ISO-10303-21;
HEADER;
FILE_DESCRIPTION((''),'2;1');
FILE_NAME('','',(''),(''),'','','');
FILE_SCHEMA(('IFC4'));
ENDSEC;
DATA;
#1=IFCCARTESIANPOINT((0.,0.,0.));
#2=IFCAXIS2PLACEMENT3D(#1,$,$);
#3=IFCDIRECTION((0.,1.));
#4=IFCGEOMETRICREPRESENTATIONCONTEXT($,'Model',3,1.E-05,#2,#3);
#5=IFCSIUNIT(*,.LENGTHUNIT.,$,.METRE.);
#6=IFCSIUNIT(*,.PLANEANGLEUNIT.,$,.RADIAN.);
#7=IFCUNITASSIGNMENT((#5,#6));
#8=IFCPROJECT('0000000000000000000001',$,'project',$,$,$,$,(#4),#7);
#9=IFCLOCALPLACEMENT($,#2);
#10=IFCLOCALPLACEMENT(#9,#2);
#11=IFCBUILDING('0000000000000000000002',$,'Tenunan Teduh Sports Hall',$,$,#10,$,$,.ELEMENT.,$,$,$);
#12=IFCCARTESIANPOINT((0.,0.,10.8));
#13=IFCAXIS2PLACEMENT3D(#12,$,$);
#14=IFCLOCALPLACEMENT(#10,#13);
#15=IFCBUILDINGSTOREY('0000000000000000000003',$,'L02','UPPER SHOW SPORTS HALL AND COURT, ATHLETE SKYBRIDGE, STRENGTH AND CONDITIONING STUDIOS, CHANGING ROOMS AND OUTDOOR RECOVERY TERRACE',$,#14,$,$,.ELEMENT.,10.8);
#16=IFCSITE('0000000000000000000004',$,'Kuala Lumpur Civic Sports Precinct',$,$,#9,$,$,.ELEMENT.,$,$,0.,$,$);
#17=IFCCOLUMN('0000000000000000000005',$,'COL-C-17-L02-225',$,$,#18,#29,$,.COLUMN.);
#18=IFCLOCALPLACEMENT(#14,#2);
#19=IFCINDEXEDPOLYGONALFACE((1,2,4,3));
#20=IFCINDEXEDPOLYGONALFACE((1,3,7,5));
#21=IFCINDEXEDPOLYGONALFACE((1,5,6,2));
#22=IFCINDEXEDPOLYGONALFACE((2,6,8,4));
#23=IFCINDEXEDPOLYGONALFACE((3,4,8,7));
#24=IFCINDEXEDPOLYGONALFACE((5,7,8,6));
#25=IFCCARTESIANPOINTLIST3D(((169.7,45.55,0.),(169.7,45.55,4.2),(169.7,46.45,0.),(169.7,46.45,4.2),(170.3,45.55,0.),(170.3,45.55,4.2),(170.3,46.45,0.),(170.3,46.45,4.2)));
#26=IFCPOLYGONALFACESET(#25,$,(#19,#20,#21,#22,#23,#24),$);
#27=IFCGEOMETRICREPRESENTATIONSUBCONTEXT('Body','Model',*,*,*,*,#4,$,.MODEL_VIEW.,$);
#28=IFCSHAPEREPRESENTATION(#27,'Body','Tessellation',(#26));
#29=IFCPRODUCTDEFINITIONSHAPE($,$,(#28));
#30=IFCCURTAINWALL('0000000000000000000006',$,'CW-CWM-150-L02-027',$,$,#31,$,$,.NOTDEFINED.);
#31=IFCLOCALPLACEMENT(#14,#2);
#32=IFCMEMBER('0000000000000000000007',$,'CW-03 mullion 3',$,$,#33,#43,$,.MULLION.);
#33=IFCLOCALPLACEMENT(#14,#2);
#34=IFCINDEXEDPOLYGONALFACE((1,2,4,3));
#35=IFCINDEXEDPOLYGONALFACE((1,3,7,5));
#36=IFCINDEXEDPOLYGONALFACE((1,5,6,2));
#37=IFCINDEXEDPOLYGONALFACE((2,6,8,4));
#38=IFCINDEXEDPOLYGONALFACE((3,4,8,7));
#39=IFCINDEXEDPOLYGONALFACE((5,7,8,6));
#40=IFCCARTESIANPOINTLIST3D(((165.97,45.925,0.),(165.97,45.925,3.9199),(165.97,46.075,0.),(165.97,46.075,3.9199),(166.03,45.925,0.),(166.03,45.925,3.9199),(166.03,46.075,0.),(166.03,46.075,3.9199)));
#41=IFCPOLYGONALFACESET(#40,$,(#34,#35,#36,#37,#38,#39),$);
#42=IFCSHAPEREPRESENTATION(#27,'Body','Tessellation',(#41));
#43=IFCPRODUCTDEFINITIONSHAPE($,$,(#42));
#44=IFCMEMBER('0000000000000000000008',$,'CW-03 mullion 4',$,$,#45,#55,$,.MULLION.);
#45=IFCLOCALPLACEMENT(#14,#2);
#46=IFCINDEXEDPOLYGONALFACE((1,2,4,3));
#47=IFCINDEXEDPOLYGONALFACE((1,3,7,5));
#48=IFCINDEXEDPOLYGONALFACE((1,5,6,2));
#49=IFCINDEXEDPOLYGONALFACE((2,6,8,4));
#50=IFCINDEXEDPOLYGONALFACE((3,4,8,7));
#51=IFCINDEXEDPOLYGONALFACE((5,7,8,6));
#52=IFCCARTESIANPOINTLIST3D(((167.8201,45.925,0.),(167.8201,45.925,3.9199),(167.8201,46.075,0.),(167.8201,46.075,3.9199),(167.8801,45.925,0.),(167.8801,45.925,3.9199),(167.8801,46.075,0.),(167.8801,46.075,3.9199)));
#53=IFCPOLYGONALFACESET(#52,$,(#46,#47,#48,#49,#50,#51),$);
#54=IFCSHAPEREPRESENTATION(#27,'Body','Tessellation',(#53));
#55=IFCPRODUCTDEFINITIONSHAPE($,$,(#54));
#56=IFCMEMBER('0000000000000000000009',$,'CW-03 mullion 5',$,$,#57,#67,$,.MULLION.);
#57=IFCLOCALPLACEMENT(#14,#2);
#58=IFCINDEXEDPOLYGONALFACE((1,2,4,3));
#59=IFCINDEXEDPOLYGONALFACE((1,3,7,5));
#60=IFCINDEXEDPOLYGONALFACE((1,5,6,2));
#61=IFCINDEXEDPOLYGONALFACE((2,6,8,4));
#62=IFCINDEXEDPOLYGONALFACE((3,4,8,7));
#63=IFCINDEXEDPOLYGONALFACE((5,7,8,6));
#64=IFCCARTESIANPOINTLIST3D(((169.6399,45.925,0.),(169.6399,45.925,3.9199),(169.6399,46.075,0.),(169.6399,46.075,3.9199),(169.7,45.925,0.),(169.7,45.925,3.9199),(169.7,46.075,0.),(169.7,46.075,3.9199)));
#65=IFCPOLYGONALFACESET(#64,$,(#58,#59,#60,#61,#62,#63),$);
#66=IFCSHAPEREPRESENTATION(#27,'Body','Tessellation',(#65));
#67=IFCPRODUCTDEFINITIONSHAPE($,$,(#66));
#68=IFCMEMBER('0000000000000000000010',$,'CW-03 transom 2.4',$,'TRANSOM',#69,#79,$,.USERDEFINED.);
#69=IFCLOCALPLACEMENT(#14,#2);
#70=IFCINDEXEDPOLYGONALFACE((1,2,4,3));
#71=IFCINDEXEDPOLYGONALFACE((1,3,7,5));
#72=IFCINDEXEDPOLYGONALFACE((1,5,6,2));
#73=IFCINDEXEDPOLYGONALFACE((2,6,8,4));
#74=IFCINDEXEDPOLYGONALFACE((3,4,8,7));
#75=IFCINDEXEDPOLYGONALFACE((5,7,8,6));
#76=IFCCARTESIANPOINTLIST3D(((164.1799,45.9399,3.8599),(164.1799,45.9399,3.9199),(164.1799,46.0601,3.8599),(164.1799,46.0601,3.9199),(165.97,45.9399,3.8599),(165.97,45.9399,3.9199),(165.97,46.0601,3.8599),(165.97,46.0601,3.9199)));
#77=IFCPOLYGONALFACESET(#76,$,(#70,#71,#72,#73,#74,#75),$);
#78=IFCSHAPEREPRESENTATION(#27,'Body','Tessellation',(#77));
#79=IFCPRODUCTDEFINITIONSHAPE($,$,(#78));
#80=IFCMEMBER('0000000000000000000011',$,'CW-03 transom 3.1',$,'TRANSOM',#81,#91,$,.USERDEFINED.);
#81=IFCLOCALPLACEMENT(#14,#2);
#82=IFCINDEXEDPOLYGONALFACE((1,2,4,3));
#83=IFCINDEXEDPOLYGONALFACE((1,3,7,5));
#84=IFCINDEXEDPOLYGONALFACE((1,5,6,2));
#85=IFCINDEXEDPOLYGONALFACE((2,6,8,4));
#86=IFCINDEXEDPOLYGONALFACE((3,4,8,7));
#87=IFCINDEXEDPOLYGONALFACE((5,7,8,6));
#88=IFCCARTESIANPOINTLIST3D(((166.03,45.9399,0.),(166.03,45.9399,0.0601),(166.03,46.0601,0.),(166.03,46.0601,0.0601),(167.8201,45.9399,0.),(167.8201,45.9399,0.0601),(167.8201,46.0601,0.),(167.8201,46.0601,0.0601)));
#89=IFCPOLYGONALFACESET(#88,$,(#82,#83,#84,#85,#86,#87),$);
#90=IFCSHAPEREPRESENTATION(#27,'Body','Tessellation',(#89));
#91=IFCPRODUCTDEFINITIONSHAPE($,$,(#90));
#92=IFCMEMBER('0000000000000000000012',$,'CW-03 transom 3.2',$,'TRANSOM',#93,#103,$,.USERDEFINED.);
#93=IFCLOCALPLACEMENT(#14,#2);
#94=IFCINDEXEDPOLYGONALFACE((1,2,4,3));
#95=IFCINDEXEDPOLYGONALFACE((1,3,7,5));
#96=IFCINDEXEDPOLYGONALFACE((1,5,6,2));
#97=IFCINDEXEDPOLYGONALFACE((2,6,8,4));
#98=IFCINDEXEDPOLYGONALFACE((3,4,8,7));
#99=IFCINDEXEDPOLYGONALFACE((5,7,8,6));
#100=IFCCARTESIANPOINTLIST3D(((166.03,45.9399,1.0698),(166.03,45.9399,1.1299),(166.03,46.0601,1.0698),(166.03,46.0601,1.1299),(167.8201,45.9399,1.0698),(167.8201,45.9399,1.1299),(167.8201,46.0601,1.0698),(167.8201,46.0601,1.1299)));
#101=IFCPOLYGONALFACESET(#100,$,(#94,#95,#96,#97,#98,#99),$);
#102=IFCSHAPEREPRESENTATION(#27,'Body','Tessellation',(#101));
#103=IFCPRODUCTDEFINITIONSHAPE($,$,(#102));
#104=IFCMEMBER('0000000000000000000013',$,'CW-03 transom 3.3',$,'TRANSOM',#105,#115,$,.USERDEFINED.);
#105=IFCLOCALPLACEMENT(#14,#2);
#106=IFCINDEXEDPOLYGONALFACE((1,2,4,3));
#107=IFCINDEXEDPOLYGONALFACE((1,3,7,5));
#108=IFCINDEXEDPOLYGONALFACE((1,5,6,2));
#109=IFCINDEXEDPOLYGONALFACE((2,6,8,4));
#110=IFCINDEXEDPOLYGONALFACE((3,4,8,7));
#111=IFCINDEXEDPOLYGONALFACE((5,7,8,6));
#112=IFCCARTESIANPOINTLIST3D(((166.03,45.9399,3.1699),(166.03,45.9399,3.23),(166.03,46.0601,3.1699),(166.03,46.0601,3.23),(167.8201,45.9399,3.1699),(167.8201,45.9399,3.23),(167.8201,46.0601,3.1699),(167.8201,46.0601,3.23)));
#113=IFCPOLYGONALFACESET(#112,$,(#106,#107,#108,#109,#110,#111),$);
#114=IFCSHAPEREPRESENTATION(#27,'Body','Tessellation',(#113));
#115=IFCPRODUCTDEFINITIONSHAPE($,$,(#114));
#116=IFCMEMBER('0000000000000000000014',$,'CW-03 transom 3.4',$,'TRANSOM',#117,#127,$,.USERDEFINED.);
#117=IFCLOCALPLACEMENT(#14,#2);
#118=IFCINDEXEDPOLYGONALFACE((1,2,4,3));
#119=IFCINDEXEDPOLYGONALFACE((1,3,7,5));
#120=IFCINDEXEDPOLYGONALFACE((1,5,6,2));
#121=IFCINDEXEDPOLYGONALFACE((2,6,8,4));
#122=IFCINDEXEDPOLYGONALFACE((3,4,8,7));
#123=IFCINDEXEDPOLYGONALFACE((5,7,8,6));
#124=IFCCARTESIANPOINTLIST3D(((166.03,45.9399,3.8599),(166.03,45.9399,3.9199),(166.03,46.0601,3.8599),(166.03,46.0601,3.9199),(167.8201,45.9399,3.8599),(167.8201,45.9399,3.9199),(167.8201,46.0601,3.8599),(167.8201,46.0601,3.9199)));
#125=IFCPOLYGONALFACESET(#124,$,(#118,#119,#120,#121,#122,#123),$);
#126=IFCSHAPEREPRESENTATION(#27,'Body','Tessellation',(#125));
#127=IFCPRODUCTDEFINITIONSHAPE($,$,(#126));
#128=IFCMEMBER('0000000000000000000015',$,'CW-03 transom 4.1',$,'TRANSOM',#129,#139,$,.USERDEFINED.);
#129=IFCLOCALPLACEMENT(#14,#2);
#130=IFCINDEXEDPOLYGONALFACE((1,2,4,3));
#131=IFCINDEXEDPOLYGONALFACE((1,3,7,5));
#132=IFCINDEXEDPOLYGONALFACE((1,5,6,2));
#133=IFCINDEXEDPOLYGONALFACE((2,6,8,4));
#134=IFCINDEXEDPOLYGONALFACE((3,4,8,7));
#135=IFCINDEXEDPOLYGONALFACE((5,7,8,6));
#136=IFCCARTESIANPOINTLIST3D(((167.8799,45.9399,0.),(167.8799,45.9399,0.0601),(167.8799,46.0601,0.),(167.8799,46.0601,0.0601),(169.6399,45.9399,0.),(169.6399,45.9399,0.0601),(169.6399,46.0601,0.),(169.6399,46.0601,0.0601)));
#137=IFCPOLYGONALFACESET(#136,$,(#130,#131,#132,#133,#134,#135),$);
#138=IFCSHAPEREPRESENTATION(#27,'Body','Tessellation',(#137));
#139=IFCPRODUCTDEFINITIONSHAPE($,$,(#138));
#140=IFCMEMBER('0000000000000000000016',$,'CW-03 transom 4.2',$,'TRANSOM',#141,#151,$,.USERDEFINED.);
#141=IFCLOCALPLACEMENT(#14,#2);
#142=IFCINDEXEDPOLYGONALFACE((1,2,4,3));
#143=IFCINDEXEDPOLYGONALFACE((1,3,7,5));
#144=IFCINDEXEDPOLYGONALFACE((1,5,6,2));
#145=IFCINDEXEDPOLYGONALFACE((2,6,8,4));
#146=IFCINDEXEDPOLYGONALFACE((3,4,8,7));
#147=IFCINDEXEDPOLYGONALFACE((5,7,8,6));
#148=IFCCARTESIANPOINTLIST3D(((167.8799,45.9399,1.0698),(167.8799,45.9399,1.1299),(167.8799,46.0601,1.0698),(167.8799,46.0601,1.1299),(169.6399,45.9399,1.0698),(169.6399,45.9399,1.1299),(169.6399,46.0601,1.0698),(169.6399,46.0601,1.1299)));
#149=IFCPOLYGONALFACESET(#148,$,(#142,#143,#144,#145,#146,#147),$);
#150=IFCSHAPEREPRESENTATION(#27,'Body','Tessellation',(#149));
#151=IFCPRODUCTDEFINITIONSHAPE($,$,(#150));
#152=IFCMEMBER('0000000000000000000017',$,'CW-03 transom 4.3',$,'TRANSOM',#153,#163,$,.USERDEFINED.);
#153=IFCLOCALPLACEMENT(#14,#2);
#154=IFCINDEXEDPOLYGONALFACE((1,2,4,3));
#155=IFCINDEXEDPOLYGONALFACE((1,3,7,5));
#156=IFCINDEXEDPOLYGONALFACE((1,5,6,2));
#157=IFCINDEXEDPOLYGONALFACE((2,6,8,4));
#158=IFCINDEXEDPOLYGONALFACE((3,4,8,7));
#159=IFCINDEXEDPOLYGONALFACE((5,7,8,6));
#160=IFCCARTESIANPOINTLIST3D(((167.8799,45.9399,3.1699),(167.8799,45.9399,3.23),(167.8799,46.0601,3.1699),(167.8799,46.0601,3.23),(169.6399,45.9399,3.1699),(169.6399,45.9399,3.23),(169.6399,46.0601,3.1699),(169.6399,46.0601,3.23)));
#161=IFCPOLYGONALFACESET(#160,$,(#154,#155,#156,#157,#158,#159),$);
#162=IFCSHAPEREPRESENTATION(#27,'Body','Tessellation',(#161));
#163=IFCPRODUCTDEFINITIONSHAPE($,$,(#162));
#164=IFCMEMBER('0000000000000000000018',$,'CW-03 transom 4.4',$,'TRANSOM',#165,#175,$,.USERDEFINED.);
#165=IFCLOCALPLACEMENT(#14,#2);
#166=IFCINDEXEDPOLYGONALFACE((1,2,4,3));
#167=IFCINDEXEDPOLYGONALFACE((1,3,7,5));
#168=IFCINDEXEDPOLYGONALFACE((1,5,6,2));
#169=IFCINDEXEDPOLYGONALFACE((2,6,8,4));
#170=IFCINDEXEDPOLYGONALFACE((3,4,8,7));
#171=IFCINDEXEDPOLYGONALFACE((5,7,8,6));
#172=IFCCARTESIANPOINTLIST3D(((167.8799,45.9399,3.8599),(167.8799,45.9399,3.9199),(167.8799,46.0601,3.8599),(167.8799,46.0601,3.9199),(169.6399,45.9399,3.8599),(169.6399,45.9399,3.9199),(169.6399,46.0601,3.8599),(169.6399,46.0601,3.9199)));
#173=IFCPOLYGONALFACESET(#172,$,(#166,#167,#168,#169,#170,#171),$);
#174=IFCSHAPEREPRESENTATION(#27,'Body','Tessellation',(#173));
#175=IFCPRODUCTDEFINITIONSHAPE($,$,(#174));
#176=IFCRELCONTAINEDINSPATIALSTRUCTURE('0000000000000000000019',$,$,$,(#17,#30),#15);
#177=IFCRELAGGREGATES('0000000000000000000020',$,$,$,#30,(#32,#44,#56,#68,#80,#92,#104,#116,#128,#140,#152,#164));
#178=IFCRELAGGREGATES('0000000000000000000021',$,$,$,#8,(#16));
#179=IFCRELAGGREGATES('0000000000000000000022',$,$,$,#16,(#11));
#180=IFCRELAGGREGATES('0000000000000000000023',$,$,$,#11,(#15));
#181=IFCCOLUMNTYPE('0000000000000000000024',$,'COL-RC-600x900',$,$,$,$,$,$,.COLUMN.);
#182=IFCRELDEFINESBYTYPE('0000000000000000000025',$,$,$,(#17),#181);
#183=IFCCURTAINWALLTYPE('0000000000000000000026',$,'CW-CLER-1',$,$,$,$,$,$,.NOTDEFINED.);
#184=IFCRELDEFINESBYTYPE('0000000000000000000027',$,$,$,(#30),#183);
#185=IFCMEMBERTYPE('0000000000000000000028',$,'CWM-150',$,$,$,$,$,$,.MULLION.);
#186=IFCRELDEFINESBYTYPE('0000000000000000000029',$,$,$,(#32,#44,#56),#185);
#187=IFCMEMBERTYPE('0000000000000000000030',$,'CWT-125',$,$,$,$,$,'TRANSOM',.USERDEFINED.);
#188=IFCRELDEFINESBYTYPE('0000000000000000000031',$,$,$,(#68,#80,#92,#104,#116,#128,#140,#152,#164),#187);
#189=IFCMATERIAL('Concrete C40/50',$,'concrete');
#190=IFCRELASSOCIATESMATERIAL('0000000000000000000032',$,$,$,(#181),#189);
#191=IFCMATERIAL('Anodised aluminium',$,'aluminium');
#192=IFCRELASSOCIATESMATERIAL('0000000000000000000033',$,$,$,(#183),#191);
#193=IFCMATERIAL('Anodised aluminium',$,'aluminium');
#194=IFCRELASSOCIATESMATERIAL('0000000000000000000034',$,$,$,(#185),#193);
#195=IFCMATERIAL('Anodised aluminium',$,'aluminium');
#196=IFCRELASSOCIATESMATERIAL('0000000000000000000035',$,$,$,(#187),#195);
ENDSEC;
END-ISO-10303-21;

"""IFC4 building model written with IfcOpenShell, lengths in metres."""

from ifc_helpers import new_model, si_unit, direction, frame, origin, origin_2d, place, context, subcontext, project, spatial, rectangle, extrude, material, material_profile, profile_set, type_object, element, aggregate, save


model = new_model("IFC4")

# Units and contexts
model_context = context("Model", 3, precision=1e-05, world=origin(), true_north=direction((0.0, 1.0)))
body_context = subcontext(model_context, "Body", "Model", "MODEL_VIEW")
ifc_project = project(units=[si_unit("LENGTHUNIT", "METRE"), si_unit("PLANEANGLEUNIT", "RADIAN")], contexts=[model_context])

# Site, building, storey
site_placement = place(None, origin())
site = spatial("IfcSite", under=ifc_project, at=site_placement, Name="Kuala Lumpur Civic Sports Precinct", CompositionType="ELEMENT", RefElevation=0.0)
building_placement = place(site_placement, origin())
building = spatial("IfcBuilding", under=site, at=building_placement, Name="Tenunan Teduh Sports Hall", CompositionType="ELEMENT")
storey_placement = place(building_placement, frame((0.0, 0.0, 10.8)))
storey = spatial("IfcBuildingStorey", under=building, at=storey_placement, Name="L02", Description="UPPER SHOW SPORTS HALL AND COURT, ATHLETE SKYBRIDGE, STRENGTH AND CONDITIONING STUDIOS, CHANGING ROOMS AND OUTDOOR RECOVERY TERRACE", CompositionType="ELEMENT", Elevation=10.8)

# Column
ifc_material_1 = material(Name="Concrete C40/50", Category="concrete")
ifc_material_profile_1 = material_profile(ifc_material_1, rectangle(XDim=0.6001, YDim=0.8999, at=origin_2d()), Name="RC 600x900")
ifc_profile_set_1 = profile_set([ifc_material_profile_1], Name="Concrete C40/50")
column_type = type_object("IfcColumnType", Name="COL-RC-600x900", PredefinedType="COLUMN", material=ifc_profile_set_1)
column_placement = place(storey_placement, frame((170.0, 46.0, 0.0), z_axis=(0.0, 0.0, 1.0), x_axis=(1.0, 0.0, 0.0)))
element("IfcColumn", 1, at=column_placement, inside=storey, type_object=column_type, Name="COL-C-17-L02-225", PredefinedType="COLUMN", context=body_context, shape_type="SweptSolid", body=[
    extrude(rectangle(XDim=0.6001, YDim=0.8999, at=origin_2d()), origin(), (0.0, 0.0, 1.0), 4.2),
])

# Curtain wall, members
ifc_material_2 = material(Name="Anodised aluminium", Category="aluminium")
curtain_wall_type = type_object("IfcCurtainWallType", Name="CW-CLER-1", PredefinedType="NOTDEFINED", material=ifc_material_2)
curtain_wall_placement = place(storey_placement, origin())
curtain_wall = element("IfcCurtainWall", 2, at=curtain_wall_placement, inside=storey, type_object=curtain_wall_type, Name="CW-CWM-150-L02-027", PredefinedType="NOTDEFINED")
ifc_material_3 = material(Name="Anodised aluminium", Category="aluminium")
ifc_material_profile_2 = material_profile(ifc_material_3, rectangle(XDim=0.0601, YDim=0.1499, at=origin_2d()), Name="CWM 60x150")
ifc_profile_set_2 = profile_set([ifc_material_profile_2], Name="Anodised aluminium")
member_type_1 = type_object("IfcMemberType", Name="CWM-150", PredefinedType="MULLION", material=ifc_profile_set_2)
member_1_placement = place(storey_placement, frame((166.0, 46.0, 0.0), z_axis=(0.0, 0.0, 1.0), x_axis=(1.0, 0.0, 0.0)))
member_1 = element("IfcMember", 3, at=member_1_placement, type_object=member_type_1, Name="CW-03 mullion 3", PredefinedType="MULLION", context=body_context, shape_type="SweptSolid", body=[
    extrude(rectangle(XDim=0.0601, YDim=0.1499, at=origin_2d()), origin(), (0.0, 0.0, 1.0), 3.9199),
])
member_2_placement = place(storey_placement, frame((167.8501, 46.0, 0.0), z_axis=(0.0, 0.0, 1.0), x_axis=(1.0, 0.0, 0.0)))
member_2 = element("IfcMember", 4, at=member_2_placement, type_object=member_type_1, Name="CW-03 mullion 4", PredefinedType="MULLION", context=body_context, shape_type="SweptSolid", body=[
    extrude(rectangle(XDim=0.0601, YDim=0.1499, at=origin_2d()), origin(), (0.0, 0.0, 1.0), 3.9199),
])
member_3_placement = place(storey_placement, frame((169.6699, 46.0, 0.0), z_axis=(0.0, 0.0, 1.0), x_axis=(1.0, 0.0, 0.0)))
member_3 = element("IfcMember", 5, at=member_3_placement, type_object=member_type_1, Name="CW-03 mullion 5", PredefinedType="MULLION", context=body_context, shape_type="SweptSolid", body=[
    extrude(rectangle(XDim=0.0601, YDim=0.1499, at=origin_2d()), origin(), (0.0, 0.0, 1.0), 3.9199),
])
ifc_material_4 = material(Name="Anodised aluminium", Category="aluminium")
ifc_material_profile_3 = material_profile(ifc_material_4, rectangle(XDim=0.0601, YDim=0.1201, at=origin_2d()), Name="CWT 60x120")
ifc_profile_set_3 = profile_set([ifc_material_profile_3], Name="Anodised aluminium")
member_type_2 = type_object("IfcMemberType", Name="CWT-125", ElementType="TRANSOM", PredefinedType="USERDEFINED", material=ifc_profile_set_3)
member_4_placement = place(storey_placement, frame((164.1799, 46.0, 3.8899), z_axis=(1.0, 0.0, 0.0), x_axis=(0.0, 0.0, 1.0)))
member_4 = element("IfcMember", 6, at=member_4_placement, type_object=member_type_2, Name="CW-03 transom 2.4", ObjectType="TRANSOM", PredefinedType="USERDEFINED", context=body_context, shape_type="SweptSolid", body=[
    extrude(rectangle(XDim=0.0601, YDim=0.1201, at=origin_2d()), origin(), (0.0, 0.0, 1.0), 1.79),
])
member_5_placement = place(storey_placement, frame((166.03, 46.0, 0.03), z_axis=(1.0, 0.0, 0.0), x_axis=(0.0, 0.0, 1.0)))
member_5 = element("IfcMember", 7, at=member_5_placement, type_object=member_type_2, Name="CW-03 transom 3.1", ObjectType="TRANSOM", PredefinedType="USERDEFINED", context=body_context, shape_type="SweptSolid", body=[
    extrude(rectangle(XDim=0.0601, YDim=0.1201, at=origin_2d()), origin(), (0.0, 0.0, 1.0), 1.79),
])
member_6_placement = place(storey_placement, frame((166.03, 46.0, 1.0999), z_axis=(1.0, 0.0, 0.0), x_axis=(0.0, 0.0, 1.0)))
member_6 = element("IfcMember", 8, at=member_6_placement, type_object=member_type_2, Name="CW-03 transom 3.2", ObjectType="TRANSOM", PredefinedType="USERDEFINED", context=body_context, shape_type="SweptSolid", body=[
    extrude(rectangle(XDim=0.0601, YDim=0.1201, at=origin_2d()), origin(), (0.0, 0.0, 1.0), 1.79),
])
member_7_placement = place(storey_placement, frame((166.03, 46.0, 3.2), z_axis=(1.0, 0.0, 0.0), x_axis=(0.0, 0.0, 1.0)))
member_7 = element("IfcMember", 9, at=member_7_placement, type_object=member_type_2, Name="CW-03 transom 3.3", ObjectType="TRANSOM", PredefinedType="USERDEFINED", context=body_context, shape_type="SweptSolid", body=[
    extrude(rectangle(XDim=0.0601, YDim=0.1201, at=origin_2d()), origin(), (0.0, 0.0, 1.0), 1.79),
])
member_8_placement = place(storey_placement, frame((166.03, 46.0, 3.8899), z_axis=(1.0, 0.0, 0.0), x_axis=(0.0, 0.0, 1.0)))
member_8 = element("IfcMember", 10, at=member_8_placement, type_object=member_type_2, Name="CW-03 transom 3.4", ObjectType="TRANSOM", PredefinedType="USERDEFINED", context=body_context, shape_type="SweptSolid", body=[
    extrude(rectangle(XDim=0.0601, YDim=0.1201, at=origin_2d()), origin(), (0.0, 0.0, 1.0), 1.79),
])
member_9_placement = place(storey_placement, frame((167.8799, 46.0, 0.03), z_axis=(1.0, 0.0, 0.0), x_axis=(0.0, 0.0, 1.0)))
member_9 = element("IfcMember", 11, at=member_9_placement, type_object=member_type_2, Name="CW-03 transom 4.1", ObjectType="TRANSOM", PredefinedType="USERDEFINED", context=body_context, shape_type="SweptSolid", body=[
    extrude(rectangle(XDim=0.0601, YDim=0.1201, at=origin_2d()), origin(), (0.0, 0.0, 1.0), 1.76),
])
member_10_placement = place(storey_placement, frame((167.8799, 46.0, 1.0999), z_axis=(1.0, 0.0, 0.0), x_axis=(0.0, 0.0, 1.0)))
member_10 = element("IfcMember", 12, at=member_10_placement, type_object=member_type_2, Name="CW-03 transom 4.2", ObjectType="TRANSOM", PredefinedType="USERDEFINED", context=body_context, shape_type="SweptSolid", body=[
    extrude(rectangle(XDim=0.0601, YDim=0.1201, at=origin_2d()), origin(), (0.0, 0.0, 1.0), 1.76),
])
member_11_placement = place(storey_placement, frame((167.8799, 46.0, 3.2), z_axis=(1.0, 0.0, 0.0), x_axis=(0.0, 0.0, 1.0)))
member_11 = element("IfcMember", 13, at=member_11_placement, type_object=member_type_2, Name="CW-03 transom 4.3", ObjectType="TRANSOM", PredefinedType="USERDEFINED", context=body_context, shape_type="SweptSolid", body=[
    extrude(rectangle(XDim=0.0601, YDim=0.1201, at=origin_2d()), origin(), (0.0, 0.0, 1.0), 1.76),
])
member_12_placement = place(storey_placement, frame((167.8799, 46.0, 3.8899), z_axis=(1.0, 0.0, 0.0), x_axis=(0.0, 0.0, 1.0)))
member_12 = element("IfcMember", 14, at=member_12_placement, type_object=member_type_2, Name="CW-03 transom 4.4", ObjectType="TRANSOM", PredefinedType="USERDEFINED", context=body_context, shape_type="SweptSolid", body=[
    extrude(rectangle(XDim=0.0601, YDim=0.1201, at=origin_2d()), origin(), (0.0, 0.0, 1.0), 1.76),
])

aggregate(curtain_wall, [member_1, member_2, member_3, member_4, member_5, member_6, member_7, member_8, member_9, member_10, member_11, member_12])

save(model, "model.ifc")
